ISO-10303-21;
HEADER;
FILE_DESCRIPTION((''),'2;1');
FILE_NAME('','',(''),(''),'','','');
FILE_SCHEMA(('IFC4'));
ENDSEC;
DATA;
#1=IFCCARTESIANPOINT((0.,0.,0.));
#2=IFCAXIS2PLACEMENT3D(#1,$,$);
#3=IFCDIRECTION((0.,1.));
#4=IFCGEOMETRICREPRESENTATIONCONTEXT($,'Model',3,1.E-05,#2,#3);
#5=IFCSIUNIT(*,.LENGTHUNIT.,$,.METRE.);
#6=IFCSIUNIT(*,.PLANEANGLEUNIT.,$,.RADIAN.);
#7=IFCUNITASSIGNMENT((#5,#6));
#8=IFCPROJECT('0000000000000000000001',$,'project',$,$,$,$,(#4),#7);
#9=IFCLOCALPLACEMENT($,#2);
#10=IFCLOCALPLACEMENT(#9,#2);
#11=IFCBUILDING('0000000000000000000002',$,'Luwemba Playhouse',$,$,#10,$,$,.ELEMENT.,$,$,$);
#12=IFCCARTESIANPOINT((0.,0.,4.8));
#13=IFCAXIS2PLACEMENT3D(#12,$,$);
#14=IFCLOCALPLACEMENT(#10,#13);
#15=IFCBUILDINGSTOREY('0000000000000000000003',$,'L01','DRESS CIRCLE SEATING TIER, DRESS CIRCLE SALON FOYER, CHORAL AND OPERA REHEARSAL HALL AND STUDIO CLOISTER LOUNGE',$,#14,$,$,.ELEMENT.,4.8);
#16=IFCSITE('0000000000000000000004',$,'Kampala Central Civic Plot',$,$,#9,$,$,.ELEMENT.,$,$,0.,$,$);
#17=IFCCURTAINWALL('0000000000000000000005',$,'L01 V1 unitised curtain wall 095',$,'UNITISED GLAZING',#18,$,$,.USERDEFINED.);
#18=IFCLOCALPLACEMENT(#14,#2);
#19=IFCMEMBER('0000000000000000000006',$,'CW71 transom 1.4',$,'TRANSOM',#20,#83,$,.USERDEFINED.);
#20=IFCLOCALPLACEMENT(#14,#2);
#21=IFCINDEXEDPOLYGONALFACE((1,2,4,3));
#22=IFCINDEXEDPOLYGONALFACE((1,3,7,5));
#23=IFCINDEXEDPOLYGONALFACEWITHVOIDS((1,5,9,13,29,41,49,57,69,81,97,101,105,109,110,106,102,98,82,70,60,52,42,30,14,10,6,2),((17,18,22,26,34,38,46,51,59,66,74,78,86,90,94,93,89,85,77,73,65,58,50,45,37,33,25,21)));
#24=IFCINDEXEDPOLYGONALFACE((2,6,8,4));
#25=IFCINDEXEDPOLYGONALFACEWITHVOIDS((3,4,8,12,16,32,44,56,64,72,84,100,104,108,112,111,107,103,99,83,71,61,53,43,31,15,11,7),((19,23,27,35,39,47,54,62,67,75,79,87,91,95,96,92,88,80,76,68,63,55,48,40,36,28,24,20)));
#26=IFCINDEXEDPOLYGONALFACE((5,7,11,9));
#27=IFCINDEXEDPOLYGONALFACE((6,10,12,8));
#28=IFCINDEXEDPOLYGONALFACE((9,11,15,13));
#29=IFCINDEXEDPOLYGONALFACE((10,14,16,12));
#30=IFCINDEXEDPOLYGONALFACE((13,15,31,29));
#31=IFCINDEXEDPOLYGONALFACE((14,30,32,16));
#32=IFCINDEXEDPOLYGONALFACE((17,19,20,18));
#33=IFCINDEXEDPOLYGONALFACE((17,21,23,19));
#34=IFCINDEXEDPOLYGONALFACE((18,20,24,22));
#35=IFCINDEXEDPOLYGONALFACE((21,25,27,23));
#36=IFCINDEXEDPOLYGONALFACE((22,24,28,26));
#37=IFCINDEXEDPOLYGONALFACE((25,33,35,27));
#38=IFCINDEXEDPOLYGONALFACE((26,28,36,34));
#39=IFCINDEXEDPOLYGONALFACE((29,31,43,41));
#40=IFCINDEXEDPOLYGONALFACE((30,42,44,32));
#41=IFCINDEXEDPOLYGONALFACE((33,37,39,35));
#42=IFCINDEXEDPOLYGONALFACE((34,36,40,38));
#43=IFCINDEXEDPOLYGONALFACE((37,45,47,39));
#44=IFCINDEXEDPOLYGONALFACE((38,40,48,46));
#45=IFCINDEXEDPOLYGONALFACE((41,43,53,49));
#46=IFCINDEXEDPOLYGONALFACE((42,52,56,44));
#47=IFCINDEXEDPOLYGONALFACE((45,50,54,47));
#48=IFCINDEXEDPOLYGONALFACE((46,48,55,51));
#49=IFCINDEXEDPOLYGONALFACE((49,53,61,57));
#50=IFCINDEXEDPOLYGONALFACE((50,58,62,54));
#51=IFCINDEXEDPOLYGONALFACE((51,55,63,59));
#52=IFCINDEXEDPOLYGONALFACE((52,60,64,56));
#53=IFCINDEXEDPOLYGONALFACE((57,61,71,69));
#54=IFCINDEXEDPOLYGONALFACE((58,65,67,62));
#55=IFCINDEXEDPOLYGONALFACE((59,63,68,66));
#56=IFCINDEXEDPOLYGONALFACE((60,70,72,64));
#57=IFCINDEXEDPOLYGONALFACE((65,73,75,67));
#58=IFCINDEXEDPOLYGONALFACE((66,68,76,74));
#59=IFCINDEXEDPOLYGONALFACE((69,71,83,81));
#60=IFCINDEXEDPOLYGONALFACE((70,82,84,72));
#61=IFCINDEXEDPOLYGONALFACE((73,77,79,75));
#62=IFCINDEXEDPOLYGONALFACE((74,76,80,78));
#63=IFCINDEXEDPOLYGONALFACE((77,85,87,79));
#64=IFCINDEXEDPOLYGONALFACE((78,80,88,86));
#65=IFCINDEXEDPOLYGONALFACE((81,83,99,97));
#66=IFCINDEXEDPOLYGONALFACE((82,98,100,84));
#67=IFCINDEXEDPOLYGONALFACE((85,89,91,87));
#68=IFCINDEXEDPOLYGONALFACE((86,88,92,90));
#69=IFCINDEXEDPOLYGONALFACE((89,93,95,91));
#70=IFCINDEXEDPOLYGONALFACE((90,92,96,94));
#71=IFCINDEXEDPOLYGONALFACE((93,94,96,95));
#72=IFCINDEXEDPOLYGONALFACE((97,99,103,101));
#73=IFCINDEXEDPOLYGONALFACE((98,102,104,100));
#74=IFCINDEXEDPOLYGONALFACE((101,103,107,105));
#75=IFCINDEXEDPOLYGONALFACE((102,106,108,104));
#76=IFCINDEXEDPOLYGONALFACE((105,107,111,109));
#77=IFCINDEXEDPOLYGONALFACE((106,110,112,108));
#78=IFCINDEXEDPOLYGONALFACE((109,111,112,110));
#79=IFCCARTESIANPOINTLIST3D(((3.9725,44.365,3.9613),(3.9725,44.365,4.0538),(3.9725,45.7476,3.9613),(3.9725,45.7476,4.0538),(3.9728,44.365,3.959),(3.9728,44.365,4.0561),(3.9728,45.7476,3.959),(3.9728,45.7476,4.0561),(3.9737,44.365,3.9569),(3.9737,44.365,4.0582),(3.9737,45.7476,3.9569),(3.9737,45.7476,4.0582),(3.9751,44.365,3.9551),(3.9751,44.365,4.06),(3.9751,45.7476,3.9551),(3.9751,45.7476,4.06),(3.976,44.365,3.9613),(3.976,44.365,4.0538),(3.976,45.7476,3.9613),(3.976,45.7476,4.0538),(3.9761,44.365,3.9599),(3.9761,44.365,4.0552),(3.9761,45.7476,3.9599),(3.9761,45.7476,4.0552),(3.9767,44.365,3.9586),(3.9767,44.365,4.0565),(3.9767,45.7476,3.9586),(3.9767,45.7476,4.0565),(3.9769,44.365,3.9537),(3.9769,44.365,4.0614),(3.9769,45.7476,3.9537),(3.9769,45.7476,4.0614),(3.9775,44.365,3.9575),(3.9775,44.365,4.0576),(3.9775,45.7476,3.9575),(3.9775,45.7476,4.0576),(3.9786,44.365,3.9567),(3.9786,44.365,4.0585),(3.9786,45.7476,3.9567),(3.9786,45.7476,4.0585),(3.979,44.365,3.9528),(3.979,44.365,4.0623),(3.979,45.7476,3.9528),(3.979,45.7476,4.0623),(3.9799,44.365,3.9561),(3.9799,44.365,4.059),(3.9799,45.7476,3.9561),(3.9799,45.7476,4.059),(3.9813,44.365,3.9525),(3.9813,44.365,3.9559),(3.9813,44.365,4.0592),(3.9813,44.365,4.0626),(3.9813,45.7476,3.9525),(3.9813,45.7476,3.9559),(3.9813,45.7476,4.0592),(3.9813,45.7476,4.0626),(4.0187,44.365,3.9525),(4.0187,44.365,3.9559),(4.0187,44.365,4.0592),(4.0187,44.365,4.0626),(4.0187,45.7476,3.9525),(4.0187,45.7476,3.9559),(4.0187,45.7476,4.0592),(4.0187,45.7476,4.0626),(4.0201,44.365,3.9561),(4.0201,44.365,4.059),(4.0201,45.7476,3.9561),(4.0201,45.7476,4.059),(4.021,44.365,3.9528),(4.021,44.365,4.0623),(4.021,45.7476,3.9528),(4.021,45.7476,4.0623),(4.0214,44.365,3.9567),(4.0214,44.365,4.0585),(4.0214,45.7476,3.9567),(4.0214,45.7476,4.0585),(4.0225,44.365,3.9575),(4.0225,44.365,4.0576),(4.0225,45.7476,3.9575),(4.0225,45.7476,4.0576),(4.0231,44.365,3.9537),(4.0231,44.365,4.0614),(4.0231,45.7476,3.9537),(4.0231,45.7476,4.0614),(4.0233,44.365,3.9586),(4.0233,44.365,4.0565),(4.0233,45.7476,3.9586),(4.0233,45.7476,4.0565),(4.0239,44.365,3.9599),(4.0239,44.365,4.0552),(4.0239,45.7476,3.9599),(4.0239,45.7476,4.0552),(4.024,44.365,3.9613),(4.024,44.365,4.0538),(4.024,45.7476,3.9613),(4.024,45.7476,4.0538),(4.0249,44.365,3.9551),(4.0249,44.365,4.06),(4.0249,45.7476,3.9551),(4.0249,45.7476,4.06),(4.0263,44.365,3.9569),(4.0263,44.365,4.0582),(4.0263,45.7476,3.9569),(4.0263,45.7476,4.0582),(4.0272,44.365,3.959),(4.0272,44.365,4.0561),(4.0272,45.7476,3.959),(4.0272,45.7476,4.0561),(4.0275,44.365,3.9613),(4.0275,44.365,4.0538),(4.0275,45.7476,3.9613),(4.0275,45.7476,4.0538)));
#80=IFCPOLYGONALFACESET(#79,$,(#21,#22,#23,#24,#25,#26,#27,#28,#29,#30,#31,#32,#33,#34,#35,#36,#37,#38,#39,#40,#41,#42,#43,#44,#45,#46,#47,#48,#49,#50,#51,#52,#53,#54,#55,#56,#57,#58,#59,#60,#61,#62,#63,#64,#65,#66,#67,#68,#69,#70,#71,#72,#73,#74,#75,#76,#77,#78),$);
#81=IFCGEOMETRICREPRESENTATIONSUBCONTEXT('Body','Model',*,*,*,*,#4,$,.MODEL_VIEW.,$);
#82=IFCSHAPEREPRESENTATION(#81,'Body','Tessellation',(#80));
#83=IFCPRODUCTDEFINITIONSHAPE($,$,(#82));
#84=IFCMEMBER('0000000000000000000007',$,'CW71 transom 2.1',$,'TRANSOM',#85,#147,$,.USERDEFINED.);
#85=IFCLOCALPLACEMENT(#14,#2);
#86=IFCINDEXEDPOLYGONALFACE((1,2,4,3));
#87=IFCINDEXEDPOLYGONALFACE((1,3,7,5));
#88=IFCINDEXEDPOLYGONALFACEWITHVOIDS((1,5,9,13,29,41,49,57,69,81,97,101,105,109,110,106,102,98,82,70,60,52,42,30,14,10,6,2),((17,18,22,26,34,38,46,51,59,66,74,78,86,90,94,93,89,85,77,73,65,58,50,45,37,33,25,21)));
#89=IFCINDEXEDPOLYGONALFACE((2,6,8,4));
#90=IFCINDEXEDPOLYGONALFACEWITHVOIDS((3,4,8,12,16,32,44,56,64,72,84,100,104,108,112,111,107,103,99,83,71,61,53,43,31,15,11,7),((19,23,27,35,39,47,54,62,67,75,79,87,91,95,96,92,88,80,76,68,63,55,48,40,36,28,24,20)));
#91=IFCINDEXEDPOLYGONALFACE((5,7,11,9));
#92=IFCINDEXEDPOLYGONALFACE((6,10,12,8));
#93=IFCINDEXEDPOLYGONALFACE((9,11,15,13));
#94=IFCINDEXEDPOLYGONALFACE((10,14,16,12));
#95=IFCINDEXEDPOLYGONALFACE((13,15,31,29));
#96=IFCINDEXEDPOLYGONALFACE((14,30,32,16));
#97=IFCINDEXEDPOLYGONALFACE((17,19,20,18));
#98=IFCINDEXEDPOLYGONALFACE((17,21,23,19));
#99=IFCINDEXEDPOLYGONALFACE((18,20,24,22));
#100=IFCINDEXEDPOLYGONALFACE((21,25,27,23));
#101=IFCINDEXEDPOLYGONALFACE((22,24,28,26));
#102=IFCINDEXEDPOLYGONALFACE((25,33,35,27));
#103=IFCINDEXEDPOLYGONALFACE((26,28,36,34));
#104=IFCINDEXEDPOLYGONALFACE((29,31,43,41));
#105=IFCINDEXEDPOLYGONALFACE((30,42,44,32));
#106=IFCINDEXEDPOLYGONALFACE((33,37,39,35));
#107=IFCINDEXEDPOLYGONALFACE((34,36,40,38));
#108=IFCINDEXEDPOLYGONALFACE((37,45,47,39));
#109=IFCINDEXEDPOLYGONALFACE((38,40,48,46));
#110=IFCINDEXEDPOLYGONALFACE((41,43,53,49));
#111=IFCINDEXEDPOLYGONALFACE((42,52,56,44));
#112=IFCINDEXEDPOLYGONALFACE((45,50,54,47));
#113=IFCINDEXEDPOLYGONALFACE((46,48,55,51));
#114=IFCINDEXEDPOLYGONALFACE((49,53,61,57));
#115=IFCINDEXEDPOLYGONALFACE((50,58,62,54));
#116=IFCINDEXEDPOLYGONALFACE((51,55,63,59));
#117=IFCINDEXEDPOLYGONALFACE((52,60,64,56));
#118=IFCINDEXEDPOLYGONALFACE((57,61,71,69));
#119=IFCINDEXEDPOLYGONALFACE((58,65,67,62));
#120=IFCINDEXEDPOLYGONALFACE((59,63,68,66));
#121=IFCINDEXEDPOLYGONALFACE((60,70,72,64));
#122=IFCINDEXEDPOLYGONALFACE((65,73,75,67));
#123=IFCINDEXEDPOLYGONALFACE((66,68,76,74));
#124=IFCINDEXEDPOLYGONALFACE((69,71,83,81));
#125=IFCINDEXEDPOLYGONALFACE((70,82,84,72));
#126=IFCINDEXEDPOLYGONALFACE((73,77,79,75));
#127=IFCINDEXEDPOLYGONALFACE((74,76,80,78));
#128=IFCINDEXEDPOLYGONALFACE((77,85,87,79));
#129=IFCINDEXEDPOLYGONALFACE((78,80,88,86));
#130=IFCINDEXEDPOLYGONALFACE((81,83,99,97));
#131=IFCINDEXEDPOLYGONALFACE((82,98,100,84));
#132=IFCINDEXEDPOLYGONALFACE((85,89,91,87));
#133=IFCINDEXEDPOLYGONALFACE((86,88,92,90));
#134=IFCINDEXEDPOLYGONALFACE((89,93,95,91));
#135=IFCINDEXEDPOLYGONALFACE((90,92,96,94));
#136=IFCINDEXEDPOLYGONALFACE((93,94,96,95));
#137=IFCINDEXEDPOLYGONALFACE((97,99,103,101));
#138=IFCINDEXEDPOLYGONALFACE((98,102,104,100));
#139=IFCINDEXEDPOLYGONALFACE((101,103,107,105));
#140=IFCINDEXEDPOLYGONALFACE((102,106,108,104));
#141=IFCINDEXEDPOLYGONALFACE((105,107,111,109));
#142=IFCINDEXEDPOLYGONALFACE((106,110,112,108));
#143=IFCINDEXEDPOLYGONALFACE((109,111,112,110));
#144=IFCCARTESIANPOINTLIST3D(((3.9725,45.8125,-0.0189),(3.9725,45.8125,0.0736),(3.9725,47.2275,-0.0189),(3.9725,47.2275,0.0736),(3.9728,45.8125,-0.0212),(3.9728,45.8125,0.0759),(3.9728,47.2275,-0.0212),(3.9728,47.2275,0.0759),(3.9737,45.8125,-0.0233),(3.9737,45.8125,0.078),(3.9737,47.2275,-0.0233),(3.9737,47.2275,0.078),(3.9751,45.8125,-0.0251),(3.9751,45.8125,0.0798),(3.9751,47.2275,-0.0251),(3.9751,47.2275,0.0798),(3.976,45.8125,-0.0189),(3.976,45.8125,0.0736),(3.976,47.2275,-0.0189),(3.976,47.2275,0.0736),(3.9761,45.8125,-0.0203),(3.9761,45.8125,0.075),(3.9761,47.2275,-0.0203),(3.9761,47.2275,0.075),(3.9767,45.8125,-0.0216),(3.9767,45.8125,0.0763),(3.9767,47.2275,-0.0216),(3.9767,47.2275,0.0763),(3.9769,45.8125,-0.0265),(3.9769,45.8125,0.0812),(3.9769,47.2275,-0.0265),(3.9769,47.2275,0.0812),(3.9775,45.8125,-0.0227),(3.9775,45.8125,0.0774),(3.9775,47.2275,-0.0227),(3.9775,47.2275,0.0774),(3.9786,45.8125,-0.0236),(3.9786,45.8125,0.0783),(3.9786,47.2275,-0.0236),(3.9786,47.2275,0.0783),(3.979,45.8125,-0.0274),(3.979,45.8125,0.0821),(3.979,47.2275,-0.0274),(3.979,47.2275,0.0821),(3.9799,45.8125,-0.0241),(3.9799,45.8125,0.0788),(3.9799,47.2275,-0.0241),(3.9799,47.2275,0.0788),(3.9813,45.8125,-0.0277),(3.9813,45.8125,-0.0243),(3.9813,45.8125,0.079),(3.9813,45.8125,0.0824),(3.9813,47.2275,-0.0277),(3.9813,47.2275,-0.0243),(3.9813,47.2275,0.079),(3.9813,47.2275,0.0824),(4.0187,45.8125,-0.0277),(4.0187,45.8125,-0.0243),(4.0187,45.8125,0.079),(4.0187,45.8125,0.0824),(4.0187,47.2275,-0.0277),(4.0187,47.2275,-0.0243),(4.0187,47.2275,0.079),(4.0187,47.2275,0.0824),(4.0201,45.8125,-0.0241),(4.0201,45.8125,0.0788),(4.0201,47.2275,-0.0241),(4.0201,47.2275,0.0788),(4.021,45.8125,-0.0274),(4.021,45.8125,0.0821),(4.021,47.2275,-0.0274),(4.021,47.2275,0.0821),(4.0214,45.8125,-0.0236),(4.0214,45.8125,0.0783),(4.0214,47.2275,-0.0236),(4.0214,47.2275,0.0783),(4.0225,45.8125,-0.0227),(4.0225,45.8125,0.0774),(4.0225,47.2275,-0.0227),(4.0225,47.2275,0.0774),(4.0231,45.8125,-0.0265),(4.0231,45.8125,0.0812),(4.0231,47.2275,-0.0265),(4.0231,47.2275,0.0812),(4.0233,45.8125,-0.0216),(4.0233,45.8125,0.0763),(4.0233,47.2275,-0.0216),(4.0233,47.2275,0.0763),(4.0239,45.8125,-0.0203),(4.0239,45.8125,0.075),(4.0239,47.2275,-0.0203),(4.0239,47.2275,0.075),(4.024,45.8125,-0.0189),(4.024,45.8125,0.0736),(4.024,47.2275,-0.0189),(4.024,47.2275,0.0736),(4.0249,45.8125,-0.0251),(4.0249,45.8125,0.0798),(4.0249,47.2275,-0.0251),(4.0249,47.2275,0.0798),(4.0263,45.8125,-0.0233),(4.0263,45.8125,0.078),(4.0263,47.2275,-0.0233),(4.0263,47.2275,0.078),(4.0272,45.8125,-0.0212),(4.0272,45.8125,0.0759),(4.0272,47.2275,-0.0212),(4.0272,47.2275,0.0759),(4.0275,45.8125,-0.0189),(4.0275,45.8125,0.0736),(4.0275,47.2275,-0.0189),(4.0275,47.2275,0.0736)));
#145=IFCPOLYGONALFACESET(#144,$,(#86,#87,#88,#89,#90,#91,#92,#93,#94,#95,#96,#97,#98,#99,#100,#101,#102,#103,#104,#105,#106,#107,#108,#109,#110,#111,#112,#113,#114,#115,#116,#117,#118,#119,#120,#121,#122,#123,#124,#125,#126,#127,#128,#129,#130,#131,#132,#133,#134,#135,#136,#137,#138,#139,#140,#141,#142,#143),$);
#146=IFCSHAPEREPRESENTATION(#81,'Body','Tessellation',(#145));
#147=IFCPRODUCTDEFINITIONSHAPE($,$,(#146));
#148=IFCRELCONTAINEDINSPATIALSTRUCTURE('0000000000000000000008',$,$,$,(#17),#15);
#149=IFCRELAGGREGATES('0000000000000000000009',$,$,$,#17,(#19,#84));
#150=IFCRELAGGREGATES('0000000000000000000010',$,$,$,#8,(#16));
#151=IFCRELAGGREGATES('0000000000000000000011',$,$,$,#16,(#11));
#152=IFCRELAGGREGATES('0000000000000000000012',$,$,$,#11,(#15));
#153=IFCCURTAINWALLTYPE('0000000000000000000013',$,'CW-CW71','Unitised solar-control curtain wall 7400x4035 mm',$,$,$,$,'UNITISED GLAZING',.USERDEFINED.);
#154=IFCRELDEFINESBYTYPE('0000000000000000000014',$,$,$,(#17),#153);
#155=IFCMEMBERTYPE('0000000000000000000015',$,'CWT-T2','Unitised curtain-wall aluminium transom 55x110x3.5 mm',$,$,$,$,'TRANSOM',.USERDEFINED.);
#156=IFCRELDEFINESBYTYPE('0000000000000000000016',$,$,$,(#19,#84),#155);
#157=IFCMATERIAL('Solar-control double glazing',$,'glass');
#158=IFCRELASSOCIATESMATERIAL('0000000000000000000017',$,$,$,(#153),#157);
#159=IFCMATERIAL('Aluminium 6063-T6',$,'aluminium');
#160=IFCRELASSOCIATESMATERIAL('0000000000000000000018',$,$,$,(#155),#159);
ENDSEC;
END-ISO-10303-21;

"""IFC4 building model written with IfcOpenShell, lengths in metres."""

from ifc_helpers import new_model, si_unit, direction, frame, origin, origin_2d, place, context, subcontext, project, spatial, hollow_rectangle, extrude, material, material_profile, profile_set, type_object, element, aggregate, save


model = new_model("IFC4")

# Units and contexts
model_context = context("Model", 3, precision=1e-05, world=origin(), true_north=direction((0.0, 1.0)))
body_context = subcontext(model_context, "Body", "Model", "MODEL_VIEW")
ifc_project = project(units=[si_unit("LENGTHUNIT", "METRE"), si_unit("PLANEANGLEUNIT", "RADIAN")], contexts=[model_context])

# Site, building, storey
site_placement = place(None, origin())
site = spatial("IfcSite", under=ifc_project, at=site_placement, Name="Kampala Central Civic Plot", CompositionType="ELEMENT", RefElevation=0.0)
building_placement = place(site_placement, origin())
building = spatial("IfcBuilding", under=site, at=building_placement, Name="Luwemba Playhouse", CompositionType="ELEMENT")
storey_placement = place(building_placement, frame((0.0, 0.0, 4.8)))
storey = spatial("IfcBuildingStorey", under=building, at=storey_placement, Name="L01", Description="DRESS CIRCLE SEATING TIER, DRESS CIRCLE SALON FOYER, CHORAL AND OPERA REHEARSAL HALL AND STUDIO CLOISTER LOUNGE", CompositionType="ELEMENT", Elevation=4.8)

# Curtain wall, members
ifc_material_1 = material(Name="Solar-control double glazing", Category="glass")
curtain_wall_type = type_object("IfcCurtainWallType", Name="CW-CW71", Description="Unitised solar-control curtain wall 7400x4035 mm", ElementType="UNITISED GLAZING", PredefinedType="USERDEFINED", material=ifc_material_1)
curtain_wall_placement = place(storey_placement, origin())
curtain_wall = element("IfcCurtainWall", 1, at=curtain_wall_placement, inside=storey, type_object=curtain_wall_type, Name="L01 V1 unitised curtain wall 095", ObjectType="UNITISED GLAZING", PredefinedType="USERDEFINED")
ifc_material_2 = material(Name="Aluminium 6063-T6", Category="aluminium")
ifc_material_profile_1 = material_profile(ifc_material_2, hollow_rectangle(XDim=0.0549, YDim=0.1101, WallThickness=0.0034, InnerFilletRadius=0.0054, OuterFilletRadius=0.0088, at=origin_2d()))
ifc_profile_set_1 = profile_set([ifc_material_profile_1], Name="Aluminium 6063-T6")
member_type_1 = type_object("IfcMemberType", Name="CWT-T2", Description="Unitised curtain-wall aluminium transom 55x110x3.5 mm", ElementType="TRANSOM", PredefinedType="USERDEFINED", material=ifc_profile_set_1)
member_1_placement = place(storey_placement, frame((4.0, 44.365, 4.0076), z_axis=(0.0, 1.0, 0.0), x_axis=(-1.0, 0.0, 0.0)))
member_1 = element("IfcMember", 2, at=member_1_placement, type_object=member_type_1, Name="CW71 transom 1.4", ObjectType="TRANSOM", PredefinedType="USERDEFINED", context=body_context, shape_type="SweptSolid", body=[
    extrude(hollow_rectangle(XDim=0.0549, YDim=0.1101, WallThickness=0.0034, InnerFilletRadius=0.0054, OuterFilletRadius=0.0088, at=origin_2d()), origin(), (0.0, 0.0, 1.0), 1.3826),
])
member_2_placement = place(storey_placement, frame((4.0, 45.8125, 0.0273), z_axis=(0.0, 1.0, 0.0), x_axis=(-1.0, 0.0, 0.0)))
member_2 = element("IfcMember", 3, at=member_2_placement, type_object=member_type_1, Name="CW71 transom 2.1", ObjectType="TRANSOM", PredefinedType="USERDEFINED", context=body_context, shape_type="SweptSolid", body=[
    extrude(hollow_rectangle(XDim=0.0549, YDim=0.1101, WallThickness=0.0034, InnerFilletRadius=0.0054, OuterFilletRadius=0.0088, at=origin_2d()), origin(), (0.0, 0.0, 1.0), 1.415),
])
aggregate(curtain_wall, [member_1, member_2])

save(model, "model.ifc")
